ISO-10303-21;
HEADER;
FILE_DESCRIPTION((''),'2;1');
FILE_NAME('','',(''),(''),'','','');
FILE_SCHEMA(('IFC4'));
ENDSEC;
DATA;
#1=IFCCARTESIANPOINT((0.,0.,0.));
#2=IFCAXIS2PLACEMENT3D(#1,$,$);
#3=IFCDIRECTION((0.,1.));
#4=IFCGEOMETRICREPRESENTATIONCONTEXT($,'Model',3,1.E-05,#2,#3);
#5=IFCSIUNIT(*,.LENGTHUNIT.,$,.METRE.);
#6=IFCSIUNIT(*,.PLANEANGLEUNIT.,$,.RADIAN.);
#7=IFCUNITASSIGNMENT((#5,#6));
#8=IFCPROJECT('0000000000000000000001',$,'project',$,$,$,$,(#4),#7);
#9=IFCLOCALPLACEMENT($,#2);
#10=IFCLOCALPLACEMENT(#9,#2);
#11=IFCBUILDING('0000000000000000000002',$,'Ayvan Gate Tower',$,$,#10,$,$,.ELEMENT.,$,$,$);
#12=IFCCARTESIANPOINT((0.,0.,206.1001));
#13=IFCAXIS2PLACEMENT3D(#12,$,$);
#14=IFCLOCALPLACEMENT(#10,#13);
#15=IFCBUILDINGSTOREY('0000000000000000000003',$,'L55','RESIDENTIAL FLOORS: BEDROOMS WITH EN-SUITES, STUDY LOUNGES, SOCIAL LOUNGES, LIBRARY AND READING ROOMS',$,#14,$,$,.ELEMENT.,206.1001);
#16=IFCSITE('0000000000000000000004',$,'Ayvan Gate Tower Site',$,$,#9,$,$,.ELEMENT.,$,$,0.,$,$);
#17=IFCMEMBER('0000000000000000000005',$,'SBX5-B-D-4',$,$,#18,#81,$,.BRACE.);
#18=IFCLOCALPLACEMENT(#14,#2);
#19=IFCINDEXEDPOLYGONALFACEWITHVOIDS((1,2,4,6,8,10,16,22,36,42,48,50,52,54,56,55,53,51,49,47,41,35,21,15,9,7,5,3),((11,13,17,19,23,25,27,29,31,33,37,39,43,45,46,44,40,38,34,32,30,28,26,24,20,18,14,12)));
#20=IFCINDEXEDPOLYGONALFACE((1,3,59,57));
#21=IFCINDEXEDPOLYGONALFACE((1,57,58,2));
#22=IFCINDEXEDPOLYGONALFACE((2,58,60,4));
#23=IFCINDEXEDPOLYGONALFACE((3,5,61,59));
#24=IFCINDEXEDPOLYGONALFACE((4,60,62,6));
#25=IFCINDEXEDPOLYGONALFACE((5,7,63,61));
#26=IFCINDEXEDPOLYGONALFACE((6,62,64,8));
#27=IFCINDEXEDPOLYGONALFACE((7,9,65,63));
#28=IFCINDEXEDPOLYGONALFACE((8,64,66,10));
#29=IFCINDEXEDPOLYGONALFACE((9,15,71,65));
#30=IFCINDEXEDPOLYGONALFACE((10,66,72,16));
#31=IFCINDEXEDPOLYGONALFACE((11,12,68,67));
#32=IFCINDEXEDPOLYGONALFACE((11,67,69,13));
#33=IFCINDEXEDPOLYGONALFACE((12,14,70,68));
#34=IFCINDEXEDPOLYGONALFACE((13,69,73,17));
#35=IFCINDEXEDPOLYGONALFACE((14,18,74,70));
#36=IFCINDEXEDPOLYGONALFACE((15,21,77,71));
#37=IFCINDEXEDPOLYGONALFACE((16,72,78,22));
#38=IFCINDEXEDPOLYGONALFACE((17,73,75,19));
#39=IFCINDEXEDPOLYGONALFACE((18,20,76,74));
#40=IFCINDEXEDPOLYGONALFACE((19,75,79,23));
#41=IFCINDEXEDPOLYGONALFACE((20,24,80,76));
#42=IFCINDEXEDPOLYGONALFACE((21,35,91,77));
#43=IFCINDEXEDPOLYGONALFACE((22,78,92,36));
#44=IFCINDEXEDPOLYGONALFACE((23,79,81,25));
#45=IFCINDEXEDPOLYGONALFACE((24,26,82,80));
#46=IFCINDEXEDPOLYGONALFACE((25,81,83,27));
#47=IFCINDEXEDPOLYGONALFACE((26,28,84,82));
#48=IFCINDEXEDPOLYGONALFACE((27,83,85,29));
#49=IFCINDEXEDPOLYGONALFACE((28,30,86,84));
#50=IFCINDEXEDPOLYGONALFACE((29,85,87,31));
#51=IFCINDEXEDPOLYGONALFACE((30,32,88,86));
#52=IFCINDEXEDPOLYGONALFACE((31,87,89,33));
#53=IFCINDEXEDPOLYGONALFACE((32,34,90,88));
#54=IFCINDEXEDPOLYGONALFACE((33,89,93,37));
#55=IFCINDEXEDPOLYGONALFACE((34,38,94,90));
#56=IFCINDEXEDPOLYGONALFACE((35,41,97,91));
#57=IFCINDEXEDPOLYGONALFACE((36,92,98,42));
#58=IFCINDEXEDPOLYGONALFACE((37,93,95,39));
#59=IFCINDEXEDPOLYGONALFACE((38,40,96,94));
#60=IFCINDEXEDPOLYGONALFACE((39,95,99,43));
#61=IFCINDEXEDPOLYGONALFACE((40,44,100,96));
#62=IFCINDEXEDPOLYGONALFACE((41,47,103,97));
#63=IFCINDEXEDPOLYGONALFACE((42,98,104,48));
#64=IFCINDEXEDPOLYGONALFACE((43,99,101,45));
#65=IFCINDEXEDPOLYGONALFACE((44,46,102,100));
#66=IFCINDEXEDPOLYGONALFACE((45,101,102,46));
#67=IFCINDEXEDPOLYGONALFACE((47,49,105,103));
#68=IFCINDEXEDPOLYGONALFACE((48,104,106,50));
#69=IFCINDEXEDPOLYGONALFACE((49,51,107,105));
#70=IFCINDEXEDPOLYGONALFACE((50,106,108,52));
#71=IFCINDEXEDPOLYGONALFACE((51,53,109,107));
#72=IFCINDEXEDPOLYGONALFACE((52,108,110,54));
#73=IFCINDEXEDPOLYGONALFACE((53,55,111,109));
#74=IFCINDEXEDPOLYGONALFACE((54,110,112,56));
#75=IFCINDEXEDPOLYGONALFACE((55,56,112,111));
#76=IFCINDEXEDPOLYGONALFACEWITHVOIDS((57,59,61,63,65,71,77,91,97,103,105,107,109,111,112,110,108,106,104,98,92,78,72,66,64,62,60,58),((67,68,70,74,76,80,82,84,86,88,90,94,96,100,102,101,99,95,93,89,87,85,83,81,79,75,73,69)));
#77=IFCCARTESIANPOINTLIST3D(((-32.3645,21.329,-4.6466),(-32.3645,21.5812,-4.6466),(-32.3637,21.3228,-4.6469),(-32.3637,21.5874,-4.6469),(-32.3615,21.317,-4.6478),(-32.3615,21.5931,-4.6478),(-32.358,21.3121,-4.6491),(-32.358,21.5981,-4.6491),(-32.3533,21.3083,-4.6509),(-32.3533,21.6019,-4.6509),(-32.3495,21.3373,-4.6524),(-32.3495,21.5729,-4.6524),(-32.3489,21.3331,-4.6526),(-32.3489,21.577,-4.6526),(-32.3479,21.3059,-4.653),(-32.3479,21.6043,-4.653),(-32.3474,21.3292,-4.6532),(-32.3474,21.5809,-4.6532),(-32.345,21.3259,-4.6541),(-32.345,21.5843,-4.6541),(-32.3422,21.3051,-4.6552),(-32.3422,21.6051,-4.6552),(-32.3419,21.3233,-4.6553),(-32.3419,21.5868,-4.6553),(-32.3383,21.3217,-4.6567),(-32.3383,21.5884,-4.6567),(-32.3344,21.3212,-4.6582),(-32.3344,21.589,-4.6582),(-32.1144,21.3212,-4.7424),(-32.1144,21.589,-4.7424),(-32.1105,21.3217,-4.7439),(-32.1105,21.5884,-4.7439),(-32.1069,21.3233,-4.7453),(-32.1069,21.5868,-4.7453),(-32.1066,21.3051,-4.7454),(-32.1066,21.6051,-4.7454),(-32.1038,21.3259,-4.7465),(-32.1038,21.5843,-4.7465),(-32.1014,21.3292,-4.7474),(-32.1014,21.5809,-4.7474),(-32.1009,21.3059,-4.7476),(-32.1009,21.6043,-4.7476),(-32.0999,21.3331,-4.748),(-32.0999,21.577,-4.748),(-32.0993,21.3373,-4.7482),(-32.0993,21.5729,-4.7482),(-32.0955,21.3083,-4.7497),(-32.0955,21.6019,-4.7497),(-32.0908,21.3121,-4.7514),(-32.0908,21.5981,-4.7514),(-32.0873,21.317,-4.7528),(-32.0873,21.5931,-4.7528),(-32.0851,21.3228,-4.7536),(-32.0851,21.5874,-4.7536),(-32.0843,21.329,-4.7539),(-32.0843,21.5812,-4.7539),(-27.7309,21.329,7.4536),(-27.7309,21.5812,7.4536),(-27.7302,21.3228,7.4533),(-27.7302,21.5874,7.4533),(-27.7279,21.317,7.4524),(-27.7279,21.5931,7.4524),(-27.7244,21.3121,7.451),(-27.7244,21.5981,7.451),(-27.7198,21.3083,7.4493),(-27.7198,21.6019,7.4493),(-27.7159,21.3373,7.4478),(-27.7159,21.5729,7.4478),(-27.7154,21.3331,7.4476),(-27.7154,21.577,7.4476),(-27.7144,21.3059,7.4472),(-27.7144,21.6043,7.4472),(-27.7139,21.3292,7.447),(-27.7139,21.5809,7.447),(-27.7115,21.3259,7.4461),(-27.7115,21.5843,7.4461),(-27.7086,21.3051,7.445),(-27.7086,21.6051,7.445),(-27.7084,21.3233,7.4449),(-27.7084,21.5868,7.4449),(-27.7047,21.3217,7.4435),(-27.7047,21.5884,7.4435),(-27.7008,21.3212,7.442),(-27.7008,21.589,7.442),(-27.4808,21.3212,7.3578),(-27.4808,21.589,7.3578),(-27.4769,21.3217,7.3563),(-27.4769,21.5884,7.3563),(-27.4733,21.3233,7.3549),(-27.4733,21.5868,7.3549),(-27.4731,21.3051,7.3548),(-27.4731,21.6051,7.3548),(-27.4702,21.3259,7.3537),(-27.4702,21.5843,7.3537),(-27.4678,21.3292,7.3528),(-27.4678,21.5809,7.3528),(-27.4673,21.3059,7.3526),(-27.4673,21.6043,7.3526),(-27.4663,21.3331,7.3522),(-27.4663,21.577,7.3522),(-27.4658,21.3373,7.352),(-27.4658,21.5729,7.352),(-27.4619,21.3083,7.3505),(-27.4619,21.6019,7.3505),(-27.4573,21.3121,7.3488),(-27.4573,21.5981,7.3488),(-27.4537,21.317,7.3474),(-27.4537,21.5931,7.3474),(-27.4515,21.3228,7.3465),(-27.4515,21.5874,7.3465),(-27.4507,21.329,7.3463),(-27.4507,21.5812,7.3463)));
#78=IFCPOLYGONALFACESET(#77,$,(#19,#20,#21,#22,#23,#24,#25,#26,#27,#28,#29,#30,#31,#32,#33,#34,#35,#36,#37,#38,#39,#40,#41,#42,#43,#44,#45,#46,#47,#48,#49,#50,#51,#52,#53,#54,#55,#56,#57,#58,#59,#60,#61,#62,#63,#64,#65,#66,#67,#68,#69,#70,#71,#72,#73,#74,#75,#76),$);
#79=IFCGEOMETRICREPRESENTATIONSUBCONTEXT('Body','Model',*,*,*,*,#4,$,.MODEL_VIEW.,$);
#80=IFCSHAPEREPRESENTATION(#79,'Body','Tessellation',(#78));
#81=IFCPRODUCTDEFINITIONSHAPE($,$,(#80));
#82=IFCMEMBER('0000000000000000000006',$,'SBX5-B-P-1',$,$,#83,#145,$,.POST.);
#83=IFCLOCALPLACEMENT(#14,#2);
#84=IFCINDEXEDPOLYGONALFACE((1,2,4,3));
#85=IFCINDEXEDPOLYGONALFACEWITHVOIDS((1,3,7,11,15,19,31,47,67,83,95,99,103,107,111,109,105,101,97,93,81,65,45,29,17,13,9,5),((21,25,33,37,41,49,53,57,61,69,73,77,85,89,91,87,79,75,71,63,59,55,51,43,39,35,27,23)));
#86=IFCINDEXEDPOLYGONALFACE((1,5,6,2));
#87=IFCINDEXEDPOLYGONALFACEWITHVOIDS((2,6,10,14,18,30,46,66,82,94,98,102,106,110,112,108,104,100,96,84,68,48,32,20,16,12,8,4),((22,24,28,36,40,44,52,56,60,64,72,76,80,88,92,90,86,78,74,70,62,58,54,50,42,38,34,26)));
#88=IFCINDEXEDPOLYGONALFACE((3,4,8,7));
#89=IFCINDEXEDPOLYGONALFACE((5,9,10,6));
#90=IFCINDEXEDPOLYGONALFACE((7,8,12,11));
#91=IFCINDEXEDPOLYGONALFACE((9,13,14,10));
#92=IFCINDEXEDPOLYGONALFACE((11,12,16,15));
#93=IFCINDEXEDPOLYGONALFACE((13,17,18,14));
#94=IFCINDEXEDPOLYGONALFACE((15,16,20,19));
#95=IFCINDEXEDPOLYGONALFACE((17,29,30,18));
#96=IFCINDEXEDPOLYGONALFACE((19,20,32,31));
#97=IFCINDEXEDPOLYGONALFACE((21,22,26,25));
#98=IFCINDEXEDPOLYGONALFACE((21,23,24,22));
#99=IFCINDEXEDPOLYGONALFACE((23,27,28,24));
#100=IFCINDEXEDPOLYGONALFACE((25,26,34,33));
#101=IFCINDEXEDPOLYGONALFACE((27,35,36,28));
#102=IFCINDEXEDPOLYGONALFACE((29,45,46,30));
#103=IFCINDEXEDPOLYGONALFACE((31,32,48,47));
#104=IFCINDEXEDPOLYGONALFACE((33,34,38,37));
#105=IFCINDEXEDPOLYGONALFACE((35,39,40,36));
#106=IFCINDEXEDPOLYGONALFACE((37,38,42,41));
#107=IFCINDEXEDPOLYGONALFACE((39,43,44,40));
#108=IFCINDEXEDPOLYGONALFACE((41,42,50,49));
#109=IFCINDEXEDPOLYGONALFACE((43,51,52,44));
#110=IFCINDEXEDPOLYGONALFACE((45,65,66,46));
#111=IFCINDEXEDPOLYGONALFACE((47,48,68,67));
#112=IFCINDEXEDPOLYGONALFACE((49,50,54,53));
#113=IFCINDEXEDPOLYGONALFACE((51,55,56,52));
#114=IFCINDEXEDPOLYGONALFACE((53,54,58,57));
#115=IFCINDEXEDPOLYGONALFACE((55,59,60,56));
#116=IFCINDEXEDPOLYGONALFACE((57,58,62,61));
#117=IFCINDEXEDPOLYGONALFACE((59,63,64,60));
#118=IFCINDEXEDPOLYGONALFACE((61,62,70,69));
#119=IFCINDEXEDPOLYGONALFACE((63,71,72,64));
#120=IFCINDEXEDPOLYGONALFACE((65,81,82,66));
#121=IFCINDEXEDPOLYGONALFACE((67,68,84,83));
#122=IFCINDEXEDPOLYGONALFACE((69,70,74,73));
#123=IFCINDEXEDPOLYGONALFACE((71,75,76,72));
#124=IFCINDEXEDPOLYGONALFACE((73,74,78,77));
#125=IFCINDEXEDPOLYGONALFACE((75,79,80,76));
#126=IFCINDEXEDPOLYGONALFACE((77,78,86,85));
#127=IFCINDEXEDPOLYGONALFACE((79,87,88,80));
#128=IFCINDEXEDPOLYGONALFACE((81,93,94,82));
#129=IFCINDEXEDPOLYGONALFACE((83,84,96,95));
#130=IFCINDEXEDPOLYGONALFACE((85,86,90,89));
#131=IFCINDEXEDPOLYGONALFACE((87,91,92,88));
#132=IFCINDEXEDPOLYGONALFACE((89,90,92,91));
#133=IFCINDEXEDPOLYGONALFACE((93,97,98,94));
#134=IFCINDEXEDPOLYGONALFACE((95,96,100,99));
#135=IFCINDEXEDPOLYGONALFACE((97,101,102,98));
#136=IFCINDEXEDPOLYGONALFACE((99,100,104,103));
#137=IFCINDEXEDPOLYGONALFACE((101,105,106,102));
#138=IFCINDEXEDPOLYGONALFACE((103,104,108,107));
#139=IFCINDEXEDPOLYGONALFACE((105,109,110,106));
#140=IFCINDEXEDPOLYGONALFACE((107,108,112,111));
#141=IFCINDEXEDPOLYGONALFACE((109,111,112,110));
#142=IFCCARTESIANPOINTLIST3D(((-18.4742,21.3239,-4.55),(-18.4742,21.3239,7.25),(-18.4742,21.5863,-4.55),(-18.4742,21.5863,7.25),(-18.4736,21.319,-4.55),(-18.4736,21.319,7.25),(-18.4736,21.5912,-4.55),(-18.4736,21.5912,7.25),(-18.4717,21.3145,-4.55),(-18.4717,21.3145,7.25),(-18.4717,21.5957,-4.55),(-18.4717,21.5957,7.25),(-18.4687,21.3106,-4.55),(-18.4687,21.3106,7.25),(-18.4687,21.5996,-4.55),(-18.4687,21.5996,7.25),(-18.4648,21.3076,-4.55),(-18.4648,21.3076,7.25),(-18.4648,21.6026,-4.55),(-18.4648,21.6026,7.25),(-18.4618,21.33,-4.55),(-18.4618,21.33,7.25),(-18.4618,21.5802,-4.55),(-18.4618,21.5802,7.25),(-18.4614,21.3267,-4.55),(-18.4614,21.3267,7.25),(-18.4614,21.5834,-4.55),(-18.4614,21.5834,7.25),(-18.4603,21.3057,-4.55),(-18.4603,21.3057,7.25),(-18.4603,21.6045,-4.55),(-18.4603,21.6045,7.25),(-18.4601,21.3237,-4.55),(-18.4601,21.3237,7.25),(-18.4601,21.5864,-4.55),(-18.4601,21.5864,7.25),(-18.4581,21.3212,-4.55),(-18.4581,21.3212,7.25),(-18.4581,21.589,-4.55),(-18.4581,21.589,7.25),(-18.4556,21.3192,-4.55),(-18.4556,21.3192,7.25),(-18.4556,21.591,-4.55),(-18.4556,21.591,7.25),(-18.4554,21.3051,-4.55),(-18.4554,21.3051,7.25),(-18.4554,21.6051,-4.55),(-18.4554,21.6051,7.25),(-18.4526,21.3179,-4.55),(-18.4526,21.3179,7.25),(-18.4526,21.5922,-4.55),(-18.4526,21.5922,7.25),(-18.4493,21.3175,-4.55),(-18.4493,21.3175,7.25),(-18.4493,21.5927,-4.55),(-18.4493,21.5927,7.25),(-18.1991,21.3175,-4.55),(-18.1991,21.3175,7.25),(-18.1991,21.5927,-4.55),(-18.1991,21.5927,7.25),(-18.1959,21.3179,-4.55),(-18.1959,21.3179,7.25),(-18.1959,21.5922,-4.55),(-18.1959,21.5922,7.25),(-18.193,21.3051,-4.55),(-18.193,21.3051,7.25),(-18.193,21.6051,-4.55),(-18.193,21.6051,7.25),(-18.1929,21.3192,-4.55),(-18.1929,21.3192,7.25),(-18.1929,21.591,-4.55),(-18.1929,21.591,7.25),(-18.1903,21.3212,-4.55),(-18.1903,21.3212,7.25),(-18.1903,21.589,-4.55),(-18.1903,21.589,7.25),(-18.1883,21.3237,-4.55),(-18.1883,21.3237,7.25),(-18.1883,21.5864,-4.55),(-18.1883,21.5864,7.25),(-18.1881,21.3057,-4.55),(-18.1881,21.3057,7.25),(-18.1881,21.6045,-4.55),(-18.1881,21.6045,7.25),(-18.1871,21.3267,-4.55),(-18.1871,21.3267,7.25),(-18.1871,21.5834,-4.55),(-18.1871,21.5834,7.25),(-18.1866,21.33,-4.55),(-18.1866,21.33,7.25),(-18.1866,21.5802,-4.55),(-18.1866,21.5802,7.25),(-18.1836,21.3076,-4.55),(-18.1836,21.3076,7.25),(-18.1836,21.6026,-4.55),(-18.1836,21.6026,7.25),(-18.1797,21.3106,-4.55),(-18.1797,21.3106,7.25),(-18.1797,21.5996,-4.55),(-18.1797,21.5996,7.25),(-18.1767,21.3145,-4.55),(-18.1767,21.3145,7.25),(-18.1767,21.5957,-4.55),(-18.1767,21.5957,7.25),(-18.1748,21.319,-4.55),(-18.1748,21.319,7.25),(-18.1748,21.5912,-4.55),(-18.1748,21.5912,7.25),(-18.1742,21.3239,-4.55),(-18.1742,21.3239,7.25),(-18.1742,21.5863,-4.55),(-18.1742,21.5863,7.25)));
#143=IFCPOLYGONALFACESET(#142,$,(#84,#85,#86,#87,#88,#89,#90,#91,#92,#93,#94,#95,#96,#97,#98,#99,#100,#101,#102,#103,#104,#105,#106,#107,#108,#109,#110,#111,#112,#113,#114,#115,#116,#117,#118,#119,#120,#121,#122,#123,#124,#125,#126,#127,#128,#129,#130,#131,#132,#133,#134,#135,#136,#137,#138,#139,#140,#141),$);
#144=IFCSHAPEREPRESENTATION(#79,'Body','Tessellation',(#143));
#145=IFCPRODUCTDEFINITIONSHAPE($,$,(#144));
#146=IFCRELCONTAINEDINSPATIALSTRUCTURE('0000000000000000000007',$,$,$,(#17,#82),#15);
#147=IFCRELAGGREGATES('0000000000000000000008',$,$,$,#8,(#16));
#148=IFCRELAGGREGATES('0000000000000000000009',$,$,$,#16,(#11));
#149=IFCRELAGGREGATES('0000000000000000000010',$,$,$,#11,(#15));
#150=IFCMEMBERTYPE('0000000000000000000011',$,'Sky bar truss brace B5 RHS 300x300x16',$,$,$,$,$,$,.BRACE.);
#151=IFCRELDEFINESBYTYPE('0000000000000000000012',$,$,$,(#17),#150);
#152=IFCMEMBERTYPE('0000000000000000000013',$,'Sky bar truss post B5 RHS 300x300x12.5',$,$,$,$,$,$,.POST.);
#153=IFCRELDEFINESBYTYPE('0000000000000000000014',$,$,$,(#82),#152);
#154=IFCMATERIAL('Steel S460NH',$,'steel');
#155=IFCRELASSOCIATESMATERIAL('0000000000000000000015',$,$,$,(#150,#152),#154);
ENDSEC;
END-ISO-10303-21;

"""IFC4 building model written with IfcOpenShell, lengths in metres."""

from ifc_helpers import new_model, si_unit, direction, frame, origin, origin_2d, place, context, subcontext, project, spatial, hollow_rectangle, extrude, material, material_profile, profile_set, type_object, element, save


model = new_model("IFC4")

# Units and contexts
model_context = context("Model", 3, precision=1e-05, world=origin(), true_north=direction((0.0, 1.0)))
body_context = subcontext(model_context, "Body", "Model", "MODEL_VIEW")
ifc_project = project(units=[si_unit("LENGTHUNIT", "METRE"), si_unit("PLANEANGLEUNIT", "RADIAN")], contexts=[model_context])

# Site, building, storey
site_placement = place(None, origin())
site = spatial("IfcSite", under=ifc_project, at=site_placement, Name="Ayvan Gate Tower Site", CompositionType="ELEMENT", RefElevation=0.0)
building_placement = place(site_placement, origin())
building = spatial("IfcBuilding", under=site, at=building_placement, Name="Ayvan Gate Tower", CompositionType="ELEMENT")
storey_placement = place(building_placement, frame((0.0, 0.0, 206.1001)))
storey = spatial("IfcBuildingStorey", under=building, at=storey_placement, Name="L55", Description="RESIDENTIAL FLOORS: BEDROOMS WITH EN-SUITES, STUDY LOUNGES, SOCIAL LOUNGES, LIBRARY AND READING ROOMS", CompositionType="ELEMENT", Elevation=206.1001)

# Members
ifc_material_1 = material(Name="Steel S460NH", Category="steel")
ifc_material_profile_1 = material_profile(ifc_material_1, hollow_rectangle(XDim=0.3, YDim=0.3, WallThickness=0.0161, InnerFilletRadius=0.0161, OuterFilletRadius=0.0239, at=origin_2d()), Name="RHS 300x300x16")
ifc_profile_set_1 = profile_set([ifc_material_profile_1], Name="Steel S460NH")
member_type_1 = type_object("IfcMemberType", Name="Sky bar truss brace B5 RHS 300x300x16", PredefinedType="BRACE", material=ifc_profile_set_1)
member_1_placement = place(storey_placement, frame((-27.5908, 21.4551, 7.3999), z_axis=(-0.357611, 0.0, -0.933871), x_axis=(0.0, -1.0, 0.0)))
element("IfcMember", 1, at=member_1_placement, inside=storey, type_object=member_type_1, Name="SBX5-B-D-4", PredefinedType="BRACE", context=body_context, shape_type="SweptSolid", body=[
    extrude(hollow_rectangle(XDim=0.3, YDim=0.3, WallThickness=0.0161, InnerFilletRadius=0.0161, OuterFilletRadius=0.0239, at=origin_2d()), origin(), (0.0, 0.0, 1.0), 12.957),
])
ifc_material_profile_2 = material_profile(ifc_material_1, hollow_rectangle(XDim=0.3, YDim=0.3, WallThickness=0.0125, InnerFilletRadius=0.0125, OuterFilletRadius=0.0188, at=origin_2d()), Name="RHS 300x300x12.5")
ifc_profile_set_2 = profile_set([ifc_material_profile_2], Name="Steel S460NH")
member_type_2 = type_object("IfcMemberType", Name="Sky bar truss post B5 RHS 300x300x12.5", PredefinedType="POST", material=ifc_profile_set_2)
for number, where, z_axis, x_axis, name in (
    (2, (-18.3242, 21.4551, -4.55), (0.0, 0.0, 1.0), (1.0, 0.0, 0.0), "SBX5-B-P-1"),
):
    element("IfcMember", number, at=place(storey_placement, frame(where, z_axis=z_axis, x_axis=x_axis)), inside=storey, type_object=member_type_2, Name=name, PredefinedType="POST", context=body_context, shape_type="SweptSolid", body=[
        extrude(hollow_rectangle(XDim=0.3, YDim=0.3, WallThickness=0.0125, InnerFilletRadius=0.0125, OuterFilletRadius=0.0188, at=origin_2d()), origin(), (0.0, 0.0, 1.0), 11.8),
    ])

save(model, "model.ifc")
